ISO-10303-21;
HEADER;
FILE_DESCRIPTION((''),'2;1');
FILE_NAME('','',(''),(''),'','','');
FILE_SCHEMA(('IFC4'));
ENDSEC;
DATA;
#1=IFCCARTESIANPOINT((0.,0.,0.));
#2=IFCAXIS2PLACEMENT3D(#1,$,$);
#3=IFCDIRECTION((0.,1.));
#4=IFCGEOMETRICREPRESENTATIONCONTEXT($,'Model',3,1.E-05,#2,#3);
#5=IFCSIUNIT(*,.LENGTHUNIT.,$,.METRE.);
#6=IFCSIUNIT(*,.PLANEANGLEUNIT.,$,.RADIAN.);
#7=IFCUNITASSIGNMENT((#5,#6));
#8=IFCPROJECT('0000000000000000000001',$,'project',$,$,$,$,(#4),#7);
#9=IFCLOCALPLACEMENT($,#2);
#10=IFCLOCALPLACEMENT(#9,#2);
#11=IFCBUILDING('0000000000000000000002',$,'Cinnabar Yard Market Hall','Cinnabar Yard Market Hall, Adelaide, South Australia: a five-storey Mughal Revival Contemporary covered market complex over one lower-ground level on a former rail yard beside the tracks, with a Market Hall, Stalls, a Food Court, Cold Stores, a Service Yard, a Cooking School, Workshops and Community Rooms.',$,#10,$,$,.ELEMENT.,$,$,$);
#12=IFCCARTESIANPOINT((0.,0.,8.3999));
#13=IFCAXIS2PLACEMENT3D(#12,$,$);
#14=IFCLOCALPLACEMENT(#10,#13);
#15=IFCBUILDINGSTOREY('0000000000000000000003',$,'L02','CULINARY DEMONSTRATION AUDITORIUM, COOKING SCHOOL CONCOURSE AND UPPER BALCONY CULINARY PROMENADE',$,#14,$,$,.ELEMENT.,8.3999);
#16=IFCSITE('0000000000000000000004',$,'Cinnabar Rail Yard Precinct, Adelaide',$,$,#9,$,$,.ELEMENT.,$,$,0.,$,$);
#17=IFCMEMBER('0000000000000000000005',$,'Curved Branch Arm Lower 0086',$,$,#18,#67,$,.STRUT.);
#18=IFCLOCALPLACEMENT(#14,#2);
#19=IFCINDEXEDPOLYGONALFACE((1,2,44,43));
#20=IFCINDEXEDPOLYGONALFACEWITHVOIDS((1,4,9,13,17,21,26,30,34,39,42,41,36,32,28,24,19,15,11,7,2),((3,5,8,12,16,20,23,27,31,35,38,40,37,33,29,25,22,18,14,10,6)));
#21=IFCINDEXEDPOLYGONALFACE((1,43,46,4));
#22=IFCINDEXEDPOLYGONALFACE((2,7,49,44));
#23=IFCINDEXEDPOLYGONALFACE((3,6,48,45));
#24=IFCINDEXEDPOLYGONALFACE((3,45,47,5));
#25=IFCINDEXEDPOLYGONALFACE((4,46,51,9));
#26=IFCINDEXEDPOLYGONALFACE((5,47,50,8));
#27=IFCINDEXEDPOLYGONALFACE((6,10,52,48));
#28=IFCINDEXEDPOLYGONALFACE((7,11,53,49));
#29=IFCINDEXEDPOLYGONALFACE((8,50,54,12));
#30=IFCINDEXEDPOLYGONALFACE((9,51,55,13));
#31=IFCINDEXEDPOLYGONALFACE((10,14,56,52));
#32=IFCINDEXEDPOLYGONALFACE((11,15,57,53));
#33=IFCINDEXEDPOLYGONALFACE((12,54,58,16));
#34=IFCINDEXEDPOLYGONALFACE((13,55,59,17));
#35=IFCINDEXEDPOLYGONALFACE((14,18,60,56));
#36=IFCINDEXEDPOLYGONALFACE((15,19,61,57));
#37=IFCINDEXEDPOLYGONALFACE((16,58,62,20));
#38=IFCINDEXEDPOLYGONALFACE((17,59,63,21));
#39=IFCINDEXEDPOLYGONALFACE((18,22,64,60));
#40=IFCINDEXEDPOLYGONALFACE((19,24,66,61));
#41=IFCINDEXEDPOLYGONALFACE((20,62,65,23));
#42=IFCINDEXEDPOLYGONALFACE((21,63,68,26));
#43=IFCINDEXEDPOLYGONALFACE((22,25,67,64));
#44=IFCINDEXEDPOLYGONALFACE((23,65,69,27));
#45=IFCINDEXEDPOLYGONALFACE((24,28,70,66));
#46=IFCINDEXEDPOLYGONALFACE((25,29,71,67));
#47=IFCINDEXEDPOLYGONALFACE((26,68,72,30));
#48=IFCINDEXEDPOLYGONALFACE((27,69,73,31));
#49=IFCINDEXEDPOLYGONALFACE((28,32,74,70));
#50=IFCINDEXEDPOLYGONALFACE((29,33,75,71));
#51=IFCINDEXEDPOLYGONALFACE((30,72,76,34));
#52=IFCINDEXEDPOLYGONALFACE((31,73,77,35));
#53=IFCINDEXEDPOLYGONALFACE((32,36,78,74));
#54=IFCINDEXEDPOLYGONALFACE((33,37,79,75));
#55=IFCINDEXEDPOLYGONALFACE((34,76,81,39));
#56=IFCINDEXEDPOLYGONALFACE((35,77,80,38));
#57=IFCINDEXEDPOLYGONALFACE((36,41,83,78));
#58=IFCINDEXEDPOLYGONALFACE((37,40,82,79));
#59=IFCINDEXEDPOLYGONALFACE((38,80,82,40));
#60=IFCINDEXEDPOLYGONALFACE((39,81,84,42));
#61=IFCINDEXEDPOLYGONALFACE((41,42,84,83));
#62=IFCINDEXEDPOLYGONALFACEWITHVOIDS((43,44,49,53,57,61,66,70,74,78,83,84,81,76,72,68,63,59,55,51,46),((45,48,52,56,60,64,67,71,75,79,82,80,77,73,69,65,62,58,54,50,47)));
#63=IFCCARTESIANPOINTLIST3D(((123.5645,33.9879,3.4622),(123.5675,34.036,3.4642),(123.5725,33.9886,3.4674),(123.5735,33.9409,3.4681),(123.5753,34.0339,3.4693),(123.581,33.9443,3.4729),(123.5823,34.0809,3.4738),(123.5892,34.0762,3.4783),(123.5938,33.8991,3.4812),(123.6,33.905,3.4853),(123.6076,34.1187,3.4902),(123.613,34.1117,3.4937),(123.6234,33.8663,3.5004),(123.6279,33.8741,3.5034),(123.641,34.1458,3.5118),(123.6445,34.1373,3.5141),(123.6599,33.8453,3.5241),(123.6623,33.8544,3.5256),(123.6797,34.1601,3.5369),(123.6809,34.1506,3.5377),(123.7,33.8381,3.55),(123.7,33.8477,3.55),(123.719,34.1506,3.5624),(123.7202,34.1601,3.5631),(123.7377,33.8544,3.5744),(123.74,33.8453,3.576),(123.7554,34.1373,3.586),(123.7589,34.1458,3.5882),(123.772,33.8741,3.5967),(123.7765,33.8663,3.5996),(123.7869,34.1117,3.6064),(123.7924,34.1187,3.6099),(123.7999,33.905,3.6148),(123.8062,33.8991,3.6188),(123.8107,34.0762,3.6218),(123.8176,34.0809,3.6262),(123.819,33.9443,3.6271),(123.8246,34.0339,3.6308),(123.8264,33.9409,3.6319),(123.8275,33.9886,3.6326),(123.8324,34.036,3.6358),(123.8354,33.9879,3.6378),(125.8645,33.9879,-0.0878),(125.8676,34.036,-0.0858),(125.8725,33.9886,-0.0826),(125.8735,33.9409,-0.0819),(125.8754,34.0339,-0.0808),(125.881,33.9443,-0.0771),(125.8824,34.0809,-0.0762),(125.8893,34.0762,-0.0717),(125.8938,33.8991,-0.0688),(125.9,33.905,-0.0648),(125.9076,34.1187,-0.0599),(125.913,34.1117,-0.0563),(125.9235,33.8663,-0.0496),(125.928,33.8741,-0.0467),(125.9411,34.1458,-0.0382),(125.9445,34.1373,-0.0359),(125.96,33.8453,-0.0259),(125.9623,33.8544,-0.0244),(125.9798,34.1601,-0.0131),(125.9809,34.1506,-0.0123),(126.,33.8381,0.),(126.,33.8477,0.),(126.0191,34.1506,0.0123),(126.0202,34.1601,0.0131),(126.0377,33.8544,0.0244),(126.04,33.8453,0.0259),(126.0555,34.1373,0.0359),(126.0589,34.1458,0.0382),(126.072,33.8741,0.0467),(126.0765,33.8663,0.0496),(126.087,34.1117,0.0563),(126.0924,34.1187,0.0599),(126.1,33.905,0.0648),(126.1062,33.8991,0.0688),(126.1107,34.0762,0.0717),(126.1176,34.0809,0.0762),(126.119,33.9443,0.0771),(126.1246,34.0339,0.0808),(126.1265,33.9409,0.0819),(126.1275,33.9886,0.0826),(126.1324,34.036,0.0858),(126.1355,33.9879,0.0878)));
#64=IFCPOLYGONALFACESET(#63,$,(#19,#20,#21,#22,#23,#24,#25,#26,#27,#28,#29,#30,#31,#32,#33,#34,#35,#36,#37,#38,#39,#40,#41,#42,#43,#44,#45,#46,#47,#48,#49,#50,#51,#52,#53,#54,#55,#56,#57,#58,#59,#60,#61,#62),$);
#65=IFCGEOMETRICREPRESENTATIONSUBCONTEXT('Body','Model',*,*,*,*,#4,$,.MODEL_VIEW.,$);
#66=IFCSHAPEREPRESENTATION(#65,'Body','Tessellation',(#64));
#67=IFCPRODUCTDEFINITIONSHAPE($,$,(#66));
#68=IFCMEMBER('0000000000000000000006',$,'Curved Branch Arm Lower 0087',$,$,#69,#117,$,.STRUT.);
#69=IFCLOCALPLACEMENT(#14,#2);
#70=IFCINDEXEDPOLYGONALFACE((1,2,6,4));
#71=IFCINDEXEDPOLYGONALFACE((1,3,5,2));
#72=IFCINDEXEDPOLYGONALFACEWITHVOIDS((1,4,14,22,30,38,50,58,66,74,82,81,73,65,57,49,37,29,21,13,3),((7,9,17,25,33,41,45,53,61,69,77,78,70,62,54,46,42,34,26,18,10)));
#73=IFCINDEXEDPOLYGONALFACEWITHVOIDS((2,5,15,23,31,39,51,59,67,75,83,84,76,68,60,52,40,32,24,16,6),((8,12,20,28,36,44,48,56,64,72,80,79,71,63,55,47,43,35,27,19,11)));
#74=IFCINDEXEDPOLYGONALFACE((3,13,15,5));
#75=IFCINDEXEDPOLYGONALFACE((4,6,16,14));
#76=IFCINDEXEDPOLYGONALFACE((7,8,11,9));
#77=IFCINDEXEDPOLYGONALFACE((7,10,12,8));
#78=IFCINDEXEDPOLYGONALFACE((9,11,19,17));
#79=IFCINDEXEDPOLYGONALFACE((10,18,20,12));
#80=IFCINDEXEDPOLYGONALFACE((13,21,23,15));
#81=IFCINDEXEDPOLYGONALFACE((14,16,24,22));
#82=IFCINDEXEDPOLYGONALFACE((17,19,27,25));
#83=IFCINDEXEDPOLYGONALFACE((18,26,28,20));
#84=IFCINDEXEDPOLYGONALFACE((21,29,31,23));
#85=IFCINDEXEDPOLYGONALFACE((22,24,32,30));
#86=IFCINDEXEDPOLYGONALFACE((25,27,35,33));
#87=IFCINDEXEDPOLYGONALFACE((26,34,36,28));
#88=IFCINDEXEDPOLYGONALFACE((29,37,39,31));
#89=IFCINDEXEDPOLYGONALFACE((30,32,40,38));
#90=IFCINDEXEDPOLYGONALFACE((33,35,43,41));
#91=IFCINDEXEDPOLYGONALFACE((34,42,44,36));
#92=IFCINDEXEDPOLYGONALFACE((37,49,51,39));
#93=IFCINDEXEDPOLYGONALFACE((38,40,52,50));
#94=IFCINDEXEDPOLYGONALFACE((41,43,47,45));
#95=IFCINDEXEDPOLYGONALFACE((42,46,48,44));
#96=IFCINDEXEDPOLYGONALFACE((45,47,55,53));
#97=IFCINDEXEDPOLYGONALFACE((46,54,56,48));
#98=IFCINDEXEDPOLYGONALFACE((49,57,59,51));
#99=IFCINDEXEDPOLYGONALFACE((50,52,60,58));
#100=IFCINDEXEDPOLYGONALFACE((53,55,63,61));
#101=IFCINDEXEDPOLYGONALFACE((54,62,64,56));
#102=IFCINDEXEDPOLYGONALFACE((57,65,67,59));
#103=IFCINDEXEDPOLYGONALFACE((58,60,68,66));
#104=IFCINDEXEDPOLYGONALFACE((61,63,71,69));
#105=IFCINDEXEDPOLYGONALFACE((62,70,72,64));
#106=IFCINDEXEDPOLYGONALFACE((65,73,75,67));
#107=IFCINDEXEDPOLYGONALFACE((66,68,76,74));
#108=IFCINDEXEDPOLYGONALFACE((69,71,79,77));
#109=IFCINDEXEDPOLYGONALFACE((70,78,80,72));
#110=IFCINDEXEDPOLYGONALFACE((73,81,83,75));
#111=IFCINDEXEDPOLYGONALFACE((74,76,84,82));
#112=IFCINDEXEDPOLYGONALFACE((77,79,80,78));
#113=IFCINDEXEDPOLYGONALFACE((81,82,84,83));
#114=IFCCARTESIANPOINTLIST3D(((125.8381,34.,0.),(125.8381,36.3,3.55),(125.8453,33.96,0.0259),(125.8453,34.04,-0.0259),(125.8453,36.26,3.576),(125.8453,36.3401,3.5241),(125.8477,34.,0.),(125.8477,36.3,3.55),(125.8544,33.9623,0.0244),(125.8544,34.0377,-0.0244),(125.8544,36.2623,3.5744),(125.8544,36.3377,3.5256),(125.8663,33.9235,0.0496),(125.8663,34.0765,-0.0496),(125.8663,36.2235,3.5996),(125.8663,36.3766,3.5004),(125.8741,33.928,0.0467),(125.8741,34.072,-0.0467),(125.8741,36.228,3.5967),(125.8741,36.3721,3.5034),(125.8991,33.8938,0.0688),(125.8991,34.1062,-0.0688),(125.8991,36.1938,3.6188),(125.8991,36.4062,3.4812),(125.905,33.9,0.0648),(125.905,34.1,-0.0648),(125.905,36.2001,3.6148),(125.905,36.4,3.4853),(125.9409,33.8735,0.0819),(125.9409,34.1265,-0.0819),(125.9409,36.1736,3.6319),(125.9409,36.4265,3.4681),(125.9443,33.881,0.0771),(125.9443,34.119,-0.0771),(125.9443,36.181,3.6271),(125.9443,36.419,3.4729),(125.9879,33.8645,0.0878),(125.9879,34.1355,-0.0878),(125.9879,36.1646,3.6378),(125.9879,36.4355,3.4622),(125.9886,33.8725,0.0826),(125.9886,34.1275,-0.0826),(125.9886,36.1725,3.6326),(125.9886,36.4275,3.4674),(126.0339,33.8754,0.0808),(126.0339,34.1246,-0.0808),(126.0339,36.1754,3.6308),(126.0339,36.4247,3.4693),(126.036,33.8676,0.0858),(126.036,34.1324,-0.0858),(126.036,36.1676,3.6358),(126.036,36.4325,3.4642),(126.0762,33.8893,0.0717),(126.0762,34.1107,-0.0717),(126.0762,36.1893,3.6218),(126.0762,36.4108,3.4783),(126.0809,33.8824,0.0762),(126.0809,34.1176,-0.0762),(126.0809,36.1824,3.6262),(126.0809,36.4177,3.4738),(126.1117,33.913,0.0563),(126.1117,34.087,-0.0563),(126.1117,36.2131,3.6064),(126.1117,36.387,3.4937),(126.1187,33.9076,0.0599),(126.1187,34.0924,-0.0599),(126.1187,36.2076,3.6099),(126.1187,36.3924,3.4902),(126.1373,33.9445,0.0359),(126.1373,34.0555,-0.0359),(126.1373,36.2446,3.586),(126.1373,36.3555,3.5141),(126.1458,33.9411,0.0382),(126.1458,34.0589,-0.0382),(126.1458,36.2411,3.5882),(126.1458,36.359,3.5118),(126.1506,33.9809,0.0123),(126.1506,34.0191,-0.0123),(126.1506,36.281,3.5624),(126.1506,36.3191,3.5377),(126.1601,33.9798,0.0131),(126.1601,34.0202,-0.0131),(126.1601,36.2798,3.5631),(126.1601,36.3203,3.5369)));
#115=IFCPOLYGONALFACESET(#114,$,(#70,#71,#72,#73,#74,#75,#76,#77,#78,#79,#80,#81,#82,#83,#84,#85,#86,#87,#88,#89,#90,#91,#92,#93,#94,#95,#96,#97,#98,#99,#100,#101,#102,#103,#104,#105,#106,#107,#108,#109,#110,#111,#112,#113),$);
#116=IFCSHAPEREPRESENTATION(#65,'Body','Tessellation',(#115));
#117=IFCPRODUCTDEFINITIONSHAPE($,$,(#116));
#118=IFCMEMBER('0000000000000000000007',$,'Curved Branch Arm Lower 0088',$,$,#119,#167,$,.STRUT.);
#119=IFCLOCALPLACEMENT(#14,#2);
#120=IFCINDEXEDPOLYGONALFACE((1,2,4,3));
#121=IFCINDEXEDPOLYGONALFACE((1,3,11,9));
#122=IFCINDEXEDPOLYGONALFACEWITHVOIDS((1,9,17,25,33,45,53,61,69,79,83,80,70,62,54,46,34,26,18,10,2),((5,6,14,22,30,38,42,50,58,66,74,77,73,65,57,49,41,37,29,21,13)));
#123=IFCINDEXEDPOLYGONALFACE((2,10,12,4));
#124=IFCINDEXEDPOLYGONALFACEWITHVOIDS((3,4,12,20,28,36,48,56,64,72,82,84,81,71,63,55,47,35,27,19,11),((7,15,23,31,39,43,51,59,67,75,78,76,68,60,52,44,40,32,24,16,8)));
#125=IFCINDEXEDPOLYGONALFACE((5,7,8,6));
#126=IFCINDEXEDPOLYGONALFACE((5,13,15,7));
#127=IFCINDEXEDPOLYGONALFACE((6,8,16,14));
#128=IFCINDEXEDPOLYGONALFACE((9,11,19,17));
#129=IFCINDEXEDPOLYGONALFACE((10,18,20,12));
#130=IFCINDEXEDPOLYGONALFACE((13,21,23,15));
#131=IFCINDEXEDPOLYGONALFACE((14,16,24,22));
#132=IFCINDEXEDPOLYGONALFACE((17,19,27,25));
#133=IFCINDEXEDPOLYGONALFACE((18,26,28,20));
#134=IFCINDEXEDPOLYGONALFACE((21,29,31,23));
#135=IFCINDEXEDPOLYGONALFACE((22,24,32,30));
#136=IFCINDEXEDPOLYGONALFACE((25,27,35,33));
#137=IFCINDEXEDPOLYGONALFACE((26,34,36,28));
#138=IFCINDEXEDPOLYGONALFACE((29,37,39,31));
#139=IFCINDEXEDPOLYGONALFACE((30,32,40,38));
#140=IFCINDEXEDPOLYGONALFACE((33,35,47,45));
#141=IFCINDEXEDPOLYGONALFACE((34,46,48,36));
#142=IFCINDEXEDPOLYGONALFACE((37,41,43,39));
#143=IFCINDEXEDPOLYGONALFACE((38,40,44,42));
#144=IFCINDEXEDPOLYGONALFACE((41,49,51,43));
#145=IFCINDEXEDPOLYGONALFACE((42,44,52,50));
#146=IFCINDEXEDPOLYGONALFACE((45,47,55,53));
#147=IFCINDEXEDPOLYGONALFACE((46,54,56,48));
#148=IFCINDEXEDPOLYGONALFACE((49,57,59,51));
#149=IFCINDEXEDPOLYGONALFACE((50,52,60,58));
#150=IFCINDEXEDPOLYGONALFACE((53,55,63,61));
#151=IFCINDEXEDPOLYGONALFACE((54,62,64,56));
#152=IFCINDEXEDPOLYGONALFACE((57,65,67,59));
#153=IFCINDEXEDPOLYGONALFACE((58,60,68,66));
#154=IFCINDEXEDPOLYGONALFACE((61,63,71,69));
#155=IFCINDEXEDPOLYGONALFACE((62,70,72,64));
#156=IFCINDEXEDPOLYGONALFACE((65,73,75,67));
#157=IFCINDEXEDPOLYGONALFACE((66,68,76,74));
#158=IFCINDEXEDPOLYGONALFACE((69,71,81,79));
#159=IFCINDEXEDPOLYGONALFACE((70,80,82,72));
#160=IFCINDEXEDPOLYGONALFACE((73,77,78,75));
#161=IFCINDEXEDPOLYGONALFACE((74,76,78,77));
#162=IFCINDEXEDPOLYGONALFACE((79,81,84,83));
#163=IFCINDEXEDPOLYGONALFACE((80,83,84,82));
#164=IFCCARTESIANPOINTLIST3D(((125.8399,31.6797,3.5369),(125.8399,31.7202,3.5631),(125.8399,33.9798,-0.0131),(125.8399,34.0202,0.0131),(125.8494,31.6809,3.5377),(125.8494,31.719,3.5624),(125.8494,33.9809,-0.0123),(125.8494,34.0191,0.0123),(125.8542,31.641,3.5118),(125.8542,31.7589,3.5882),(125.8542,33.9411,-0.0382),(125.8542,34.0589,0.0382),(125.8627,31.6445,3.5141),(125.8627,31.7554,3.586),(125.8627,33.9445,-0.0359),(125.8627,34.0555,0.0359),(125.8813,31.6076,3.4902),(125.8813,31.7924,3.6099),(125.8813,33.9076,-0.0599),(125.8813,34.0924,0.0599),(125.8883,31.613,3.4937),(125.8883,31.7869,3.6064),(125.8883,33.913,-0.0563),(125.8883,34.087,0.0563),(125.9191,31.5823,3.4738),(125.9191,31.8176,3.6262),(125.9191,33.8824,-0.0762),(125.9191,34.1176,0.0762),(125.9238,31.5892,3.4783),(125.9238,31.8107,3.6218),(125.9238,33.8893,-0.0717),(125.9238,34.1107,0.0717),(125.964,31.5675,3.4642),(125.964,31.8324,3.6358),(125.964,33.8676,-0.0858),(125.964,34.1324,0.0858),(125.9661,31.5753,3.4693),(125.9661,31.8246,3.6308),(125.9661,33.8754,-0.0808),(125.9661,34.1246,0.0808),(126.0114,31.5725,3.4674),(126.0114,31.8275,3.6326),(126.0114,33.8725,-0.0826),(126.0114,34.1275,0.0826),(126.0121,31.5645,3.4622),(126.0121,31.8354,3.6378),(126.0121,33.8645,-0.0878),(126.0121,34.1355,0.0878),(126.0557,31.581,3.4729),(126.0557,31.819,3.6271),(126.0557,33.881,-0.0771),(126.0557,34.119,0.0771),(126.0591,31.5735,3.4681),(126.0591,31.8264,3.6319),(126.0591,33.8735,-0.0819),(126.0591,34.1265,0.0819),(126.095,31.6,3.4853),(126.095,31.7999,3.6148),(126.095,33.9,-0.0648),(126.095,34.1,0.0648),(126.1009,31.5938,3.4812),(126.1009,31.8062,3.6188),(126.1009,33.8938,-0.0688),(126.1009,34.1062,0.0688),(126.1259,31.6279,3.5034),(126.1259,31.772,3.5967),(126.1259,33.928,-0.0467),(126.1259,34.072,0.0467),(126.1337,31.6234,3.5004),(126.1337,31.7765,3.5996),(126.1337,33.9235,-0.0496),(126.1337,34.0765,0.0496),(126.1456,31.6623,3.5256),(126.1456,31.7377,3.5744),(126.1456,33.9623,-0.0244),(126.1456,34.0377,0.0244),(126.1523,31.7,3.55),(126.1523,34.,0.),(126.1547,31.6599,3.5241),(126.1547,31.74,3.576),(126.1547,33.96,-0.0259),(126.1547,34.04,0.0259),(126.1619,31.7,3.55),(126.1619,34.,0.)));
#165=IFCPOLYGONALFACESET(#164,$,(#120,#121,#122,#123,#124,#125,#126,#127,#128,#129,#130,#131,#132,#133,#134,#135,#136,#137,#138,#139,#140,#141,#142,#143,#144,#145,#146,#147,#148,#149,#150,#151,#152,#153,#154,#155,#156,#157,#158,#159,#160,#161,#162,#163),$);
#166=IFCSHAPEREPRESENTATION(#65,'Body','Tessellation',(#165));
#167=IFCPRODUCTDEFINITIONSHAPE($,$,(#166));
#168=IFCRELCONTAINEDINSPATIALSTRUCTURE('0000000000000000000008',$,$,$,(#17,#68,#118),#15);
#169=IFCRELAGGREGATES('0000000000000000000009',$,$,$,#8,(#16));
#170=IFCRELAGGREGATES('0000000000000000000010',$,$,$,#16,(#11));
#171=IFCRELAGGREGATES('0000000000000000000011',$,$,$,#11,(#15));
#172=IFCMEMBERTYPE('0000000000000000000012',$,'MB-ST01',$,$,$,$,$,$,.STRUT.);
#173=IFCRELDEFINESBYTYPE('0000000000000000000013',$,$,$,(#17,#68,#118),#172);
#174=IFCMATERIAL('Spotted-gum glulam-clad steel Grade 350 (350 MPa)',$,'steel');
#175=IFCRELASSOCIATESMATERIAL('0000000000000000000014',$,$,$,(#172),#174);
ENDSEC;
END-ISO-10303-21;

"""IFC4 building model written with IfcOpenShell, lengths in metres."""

from ifc_helpers import new_model, si_unit, direction, frame, origin, origin_2d_with_axis, place, context, subcontext, project, spatial, hollow_circle, extrude, material, material_profile, profile_set, type_object, element, save


model = new_model("IFC4")

# Units and contexts
model_context = context("Model", 3, precision=1e-05, world=origin(), true_north=direction((0.0, 1.0)))
body_context = subcontext(model_context, "Body", "Model", "MODEL_VIEW")
ifc_project = project(units=[si_unit("LENGTHUNIT", "METRE"), si_unit("PLANEANGLEUNIT", "RADIAN")], contexts=[model_context])

# Site, building, storey
site_placement = place(None, origin())
site = spatial("IfcSite", under=ifc_project, at=site_placement, Name="Cinnabar Rail Yard Precinct, Adelaide", CompositionType="ELEMENT", RefElevation=0.0)
building_placement = place(site_placement, origin())
building = spatial("IfcBuilding", under=site, at=building_placement, Name="Cinnabar Yard Market Hall", Description="Cinnabar Yard Market Hall, Adelaide, South Australia: a five-storey Mughal Revival Contemporary covered market complex over one lower-ground level on a former rail yard beside the tracks, with a Market Hall, Stalls, a Food Court, Cold Stores, a Service Yard, a Cooking School, Workshops and Community Rooms.", CompositionType="ELEMENT")
storey_placement = place(building_placement, frame((0.0, 0.0, 8.3999)))
storey = spatial("IfcBuildingStorey", under=building, at=storey_placement, Name="L02", Description="CULINARY DEMONSTRATION AUDITORIUM, COOKING SCHOOL CONCOURSE AND UPPER BALCONY CULINARY PROMENADE", CompositionType="ELEMENT", Elevation=8.3999)

# Shared definitions
ifc_material_1 = material(Name="Spotted-gum glulam-clad steel Grade 350 (350 MPa)", Category="steel")

# Members
ifc_material_profile_1 = material_profile(ifc_material_1, hollow_circle(Radius=0.1619, WallThickness=0.0095, at=origin_2d_with_axis()), Name="323.9x9.5CHS")
ifc_profile_set_1 = profile_set([ifc_material_profile_1], Name="Spotted-gum glulam-clad steel Grade 350 (350 MPa)")
member_type_1 = type_object("IfcMemberType", Name="MB-ST01", PredefinedType="STRUT", material=ifc_profile_set_1)
for number, where, z_axis, x_axis, name in (
    (1, (126.0, 34.0, 0.0), (-0.543744, 0.0, 0.839251), (0.0, -1.0, 0.0), "Curved Branch Arm Lower 0086"),
    (2, (126.0, 34.0, 0.0), (0.0, 0.543744, 0.839251), (-1.0, 0.0, 0.0), "Curved Branch Arm Lower 0087"),
    (3, (126.0, 34.0, 0.0), (0.0, -0.543744, 0.839251), (1.0, 0.0, 0.0), "Curved Branch Arm Lower 0088"),
):
    element("IfcMember", number, at=place(storey_placement, frame(where, z_axis=z_axis, x_axis=x_axis)), inside=storey, type_object=member_type_1, Name=name, PredefinedType="STRUT", context=body_context, shape_type="SweptSolid", body=[
        extrude(hollow_circle(Radius=0.1619, WallThickness=0.0095, at=origin_2d_with_axis()), origin(), (0.0, 0.0, 1.0), 4.23),
    ])

save(model, "model.ifc")
